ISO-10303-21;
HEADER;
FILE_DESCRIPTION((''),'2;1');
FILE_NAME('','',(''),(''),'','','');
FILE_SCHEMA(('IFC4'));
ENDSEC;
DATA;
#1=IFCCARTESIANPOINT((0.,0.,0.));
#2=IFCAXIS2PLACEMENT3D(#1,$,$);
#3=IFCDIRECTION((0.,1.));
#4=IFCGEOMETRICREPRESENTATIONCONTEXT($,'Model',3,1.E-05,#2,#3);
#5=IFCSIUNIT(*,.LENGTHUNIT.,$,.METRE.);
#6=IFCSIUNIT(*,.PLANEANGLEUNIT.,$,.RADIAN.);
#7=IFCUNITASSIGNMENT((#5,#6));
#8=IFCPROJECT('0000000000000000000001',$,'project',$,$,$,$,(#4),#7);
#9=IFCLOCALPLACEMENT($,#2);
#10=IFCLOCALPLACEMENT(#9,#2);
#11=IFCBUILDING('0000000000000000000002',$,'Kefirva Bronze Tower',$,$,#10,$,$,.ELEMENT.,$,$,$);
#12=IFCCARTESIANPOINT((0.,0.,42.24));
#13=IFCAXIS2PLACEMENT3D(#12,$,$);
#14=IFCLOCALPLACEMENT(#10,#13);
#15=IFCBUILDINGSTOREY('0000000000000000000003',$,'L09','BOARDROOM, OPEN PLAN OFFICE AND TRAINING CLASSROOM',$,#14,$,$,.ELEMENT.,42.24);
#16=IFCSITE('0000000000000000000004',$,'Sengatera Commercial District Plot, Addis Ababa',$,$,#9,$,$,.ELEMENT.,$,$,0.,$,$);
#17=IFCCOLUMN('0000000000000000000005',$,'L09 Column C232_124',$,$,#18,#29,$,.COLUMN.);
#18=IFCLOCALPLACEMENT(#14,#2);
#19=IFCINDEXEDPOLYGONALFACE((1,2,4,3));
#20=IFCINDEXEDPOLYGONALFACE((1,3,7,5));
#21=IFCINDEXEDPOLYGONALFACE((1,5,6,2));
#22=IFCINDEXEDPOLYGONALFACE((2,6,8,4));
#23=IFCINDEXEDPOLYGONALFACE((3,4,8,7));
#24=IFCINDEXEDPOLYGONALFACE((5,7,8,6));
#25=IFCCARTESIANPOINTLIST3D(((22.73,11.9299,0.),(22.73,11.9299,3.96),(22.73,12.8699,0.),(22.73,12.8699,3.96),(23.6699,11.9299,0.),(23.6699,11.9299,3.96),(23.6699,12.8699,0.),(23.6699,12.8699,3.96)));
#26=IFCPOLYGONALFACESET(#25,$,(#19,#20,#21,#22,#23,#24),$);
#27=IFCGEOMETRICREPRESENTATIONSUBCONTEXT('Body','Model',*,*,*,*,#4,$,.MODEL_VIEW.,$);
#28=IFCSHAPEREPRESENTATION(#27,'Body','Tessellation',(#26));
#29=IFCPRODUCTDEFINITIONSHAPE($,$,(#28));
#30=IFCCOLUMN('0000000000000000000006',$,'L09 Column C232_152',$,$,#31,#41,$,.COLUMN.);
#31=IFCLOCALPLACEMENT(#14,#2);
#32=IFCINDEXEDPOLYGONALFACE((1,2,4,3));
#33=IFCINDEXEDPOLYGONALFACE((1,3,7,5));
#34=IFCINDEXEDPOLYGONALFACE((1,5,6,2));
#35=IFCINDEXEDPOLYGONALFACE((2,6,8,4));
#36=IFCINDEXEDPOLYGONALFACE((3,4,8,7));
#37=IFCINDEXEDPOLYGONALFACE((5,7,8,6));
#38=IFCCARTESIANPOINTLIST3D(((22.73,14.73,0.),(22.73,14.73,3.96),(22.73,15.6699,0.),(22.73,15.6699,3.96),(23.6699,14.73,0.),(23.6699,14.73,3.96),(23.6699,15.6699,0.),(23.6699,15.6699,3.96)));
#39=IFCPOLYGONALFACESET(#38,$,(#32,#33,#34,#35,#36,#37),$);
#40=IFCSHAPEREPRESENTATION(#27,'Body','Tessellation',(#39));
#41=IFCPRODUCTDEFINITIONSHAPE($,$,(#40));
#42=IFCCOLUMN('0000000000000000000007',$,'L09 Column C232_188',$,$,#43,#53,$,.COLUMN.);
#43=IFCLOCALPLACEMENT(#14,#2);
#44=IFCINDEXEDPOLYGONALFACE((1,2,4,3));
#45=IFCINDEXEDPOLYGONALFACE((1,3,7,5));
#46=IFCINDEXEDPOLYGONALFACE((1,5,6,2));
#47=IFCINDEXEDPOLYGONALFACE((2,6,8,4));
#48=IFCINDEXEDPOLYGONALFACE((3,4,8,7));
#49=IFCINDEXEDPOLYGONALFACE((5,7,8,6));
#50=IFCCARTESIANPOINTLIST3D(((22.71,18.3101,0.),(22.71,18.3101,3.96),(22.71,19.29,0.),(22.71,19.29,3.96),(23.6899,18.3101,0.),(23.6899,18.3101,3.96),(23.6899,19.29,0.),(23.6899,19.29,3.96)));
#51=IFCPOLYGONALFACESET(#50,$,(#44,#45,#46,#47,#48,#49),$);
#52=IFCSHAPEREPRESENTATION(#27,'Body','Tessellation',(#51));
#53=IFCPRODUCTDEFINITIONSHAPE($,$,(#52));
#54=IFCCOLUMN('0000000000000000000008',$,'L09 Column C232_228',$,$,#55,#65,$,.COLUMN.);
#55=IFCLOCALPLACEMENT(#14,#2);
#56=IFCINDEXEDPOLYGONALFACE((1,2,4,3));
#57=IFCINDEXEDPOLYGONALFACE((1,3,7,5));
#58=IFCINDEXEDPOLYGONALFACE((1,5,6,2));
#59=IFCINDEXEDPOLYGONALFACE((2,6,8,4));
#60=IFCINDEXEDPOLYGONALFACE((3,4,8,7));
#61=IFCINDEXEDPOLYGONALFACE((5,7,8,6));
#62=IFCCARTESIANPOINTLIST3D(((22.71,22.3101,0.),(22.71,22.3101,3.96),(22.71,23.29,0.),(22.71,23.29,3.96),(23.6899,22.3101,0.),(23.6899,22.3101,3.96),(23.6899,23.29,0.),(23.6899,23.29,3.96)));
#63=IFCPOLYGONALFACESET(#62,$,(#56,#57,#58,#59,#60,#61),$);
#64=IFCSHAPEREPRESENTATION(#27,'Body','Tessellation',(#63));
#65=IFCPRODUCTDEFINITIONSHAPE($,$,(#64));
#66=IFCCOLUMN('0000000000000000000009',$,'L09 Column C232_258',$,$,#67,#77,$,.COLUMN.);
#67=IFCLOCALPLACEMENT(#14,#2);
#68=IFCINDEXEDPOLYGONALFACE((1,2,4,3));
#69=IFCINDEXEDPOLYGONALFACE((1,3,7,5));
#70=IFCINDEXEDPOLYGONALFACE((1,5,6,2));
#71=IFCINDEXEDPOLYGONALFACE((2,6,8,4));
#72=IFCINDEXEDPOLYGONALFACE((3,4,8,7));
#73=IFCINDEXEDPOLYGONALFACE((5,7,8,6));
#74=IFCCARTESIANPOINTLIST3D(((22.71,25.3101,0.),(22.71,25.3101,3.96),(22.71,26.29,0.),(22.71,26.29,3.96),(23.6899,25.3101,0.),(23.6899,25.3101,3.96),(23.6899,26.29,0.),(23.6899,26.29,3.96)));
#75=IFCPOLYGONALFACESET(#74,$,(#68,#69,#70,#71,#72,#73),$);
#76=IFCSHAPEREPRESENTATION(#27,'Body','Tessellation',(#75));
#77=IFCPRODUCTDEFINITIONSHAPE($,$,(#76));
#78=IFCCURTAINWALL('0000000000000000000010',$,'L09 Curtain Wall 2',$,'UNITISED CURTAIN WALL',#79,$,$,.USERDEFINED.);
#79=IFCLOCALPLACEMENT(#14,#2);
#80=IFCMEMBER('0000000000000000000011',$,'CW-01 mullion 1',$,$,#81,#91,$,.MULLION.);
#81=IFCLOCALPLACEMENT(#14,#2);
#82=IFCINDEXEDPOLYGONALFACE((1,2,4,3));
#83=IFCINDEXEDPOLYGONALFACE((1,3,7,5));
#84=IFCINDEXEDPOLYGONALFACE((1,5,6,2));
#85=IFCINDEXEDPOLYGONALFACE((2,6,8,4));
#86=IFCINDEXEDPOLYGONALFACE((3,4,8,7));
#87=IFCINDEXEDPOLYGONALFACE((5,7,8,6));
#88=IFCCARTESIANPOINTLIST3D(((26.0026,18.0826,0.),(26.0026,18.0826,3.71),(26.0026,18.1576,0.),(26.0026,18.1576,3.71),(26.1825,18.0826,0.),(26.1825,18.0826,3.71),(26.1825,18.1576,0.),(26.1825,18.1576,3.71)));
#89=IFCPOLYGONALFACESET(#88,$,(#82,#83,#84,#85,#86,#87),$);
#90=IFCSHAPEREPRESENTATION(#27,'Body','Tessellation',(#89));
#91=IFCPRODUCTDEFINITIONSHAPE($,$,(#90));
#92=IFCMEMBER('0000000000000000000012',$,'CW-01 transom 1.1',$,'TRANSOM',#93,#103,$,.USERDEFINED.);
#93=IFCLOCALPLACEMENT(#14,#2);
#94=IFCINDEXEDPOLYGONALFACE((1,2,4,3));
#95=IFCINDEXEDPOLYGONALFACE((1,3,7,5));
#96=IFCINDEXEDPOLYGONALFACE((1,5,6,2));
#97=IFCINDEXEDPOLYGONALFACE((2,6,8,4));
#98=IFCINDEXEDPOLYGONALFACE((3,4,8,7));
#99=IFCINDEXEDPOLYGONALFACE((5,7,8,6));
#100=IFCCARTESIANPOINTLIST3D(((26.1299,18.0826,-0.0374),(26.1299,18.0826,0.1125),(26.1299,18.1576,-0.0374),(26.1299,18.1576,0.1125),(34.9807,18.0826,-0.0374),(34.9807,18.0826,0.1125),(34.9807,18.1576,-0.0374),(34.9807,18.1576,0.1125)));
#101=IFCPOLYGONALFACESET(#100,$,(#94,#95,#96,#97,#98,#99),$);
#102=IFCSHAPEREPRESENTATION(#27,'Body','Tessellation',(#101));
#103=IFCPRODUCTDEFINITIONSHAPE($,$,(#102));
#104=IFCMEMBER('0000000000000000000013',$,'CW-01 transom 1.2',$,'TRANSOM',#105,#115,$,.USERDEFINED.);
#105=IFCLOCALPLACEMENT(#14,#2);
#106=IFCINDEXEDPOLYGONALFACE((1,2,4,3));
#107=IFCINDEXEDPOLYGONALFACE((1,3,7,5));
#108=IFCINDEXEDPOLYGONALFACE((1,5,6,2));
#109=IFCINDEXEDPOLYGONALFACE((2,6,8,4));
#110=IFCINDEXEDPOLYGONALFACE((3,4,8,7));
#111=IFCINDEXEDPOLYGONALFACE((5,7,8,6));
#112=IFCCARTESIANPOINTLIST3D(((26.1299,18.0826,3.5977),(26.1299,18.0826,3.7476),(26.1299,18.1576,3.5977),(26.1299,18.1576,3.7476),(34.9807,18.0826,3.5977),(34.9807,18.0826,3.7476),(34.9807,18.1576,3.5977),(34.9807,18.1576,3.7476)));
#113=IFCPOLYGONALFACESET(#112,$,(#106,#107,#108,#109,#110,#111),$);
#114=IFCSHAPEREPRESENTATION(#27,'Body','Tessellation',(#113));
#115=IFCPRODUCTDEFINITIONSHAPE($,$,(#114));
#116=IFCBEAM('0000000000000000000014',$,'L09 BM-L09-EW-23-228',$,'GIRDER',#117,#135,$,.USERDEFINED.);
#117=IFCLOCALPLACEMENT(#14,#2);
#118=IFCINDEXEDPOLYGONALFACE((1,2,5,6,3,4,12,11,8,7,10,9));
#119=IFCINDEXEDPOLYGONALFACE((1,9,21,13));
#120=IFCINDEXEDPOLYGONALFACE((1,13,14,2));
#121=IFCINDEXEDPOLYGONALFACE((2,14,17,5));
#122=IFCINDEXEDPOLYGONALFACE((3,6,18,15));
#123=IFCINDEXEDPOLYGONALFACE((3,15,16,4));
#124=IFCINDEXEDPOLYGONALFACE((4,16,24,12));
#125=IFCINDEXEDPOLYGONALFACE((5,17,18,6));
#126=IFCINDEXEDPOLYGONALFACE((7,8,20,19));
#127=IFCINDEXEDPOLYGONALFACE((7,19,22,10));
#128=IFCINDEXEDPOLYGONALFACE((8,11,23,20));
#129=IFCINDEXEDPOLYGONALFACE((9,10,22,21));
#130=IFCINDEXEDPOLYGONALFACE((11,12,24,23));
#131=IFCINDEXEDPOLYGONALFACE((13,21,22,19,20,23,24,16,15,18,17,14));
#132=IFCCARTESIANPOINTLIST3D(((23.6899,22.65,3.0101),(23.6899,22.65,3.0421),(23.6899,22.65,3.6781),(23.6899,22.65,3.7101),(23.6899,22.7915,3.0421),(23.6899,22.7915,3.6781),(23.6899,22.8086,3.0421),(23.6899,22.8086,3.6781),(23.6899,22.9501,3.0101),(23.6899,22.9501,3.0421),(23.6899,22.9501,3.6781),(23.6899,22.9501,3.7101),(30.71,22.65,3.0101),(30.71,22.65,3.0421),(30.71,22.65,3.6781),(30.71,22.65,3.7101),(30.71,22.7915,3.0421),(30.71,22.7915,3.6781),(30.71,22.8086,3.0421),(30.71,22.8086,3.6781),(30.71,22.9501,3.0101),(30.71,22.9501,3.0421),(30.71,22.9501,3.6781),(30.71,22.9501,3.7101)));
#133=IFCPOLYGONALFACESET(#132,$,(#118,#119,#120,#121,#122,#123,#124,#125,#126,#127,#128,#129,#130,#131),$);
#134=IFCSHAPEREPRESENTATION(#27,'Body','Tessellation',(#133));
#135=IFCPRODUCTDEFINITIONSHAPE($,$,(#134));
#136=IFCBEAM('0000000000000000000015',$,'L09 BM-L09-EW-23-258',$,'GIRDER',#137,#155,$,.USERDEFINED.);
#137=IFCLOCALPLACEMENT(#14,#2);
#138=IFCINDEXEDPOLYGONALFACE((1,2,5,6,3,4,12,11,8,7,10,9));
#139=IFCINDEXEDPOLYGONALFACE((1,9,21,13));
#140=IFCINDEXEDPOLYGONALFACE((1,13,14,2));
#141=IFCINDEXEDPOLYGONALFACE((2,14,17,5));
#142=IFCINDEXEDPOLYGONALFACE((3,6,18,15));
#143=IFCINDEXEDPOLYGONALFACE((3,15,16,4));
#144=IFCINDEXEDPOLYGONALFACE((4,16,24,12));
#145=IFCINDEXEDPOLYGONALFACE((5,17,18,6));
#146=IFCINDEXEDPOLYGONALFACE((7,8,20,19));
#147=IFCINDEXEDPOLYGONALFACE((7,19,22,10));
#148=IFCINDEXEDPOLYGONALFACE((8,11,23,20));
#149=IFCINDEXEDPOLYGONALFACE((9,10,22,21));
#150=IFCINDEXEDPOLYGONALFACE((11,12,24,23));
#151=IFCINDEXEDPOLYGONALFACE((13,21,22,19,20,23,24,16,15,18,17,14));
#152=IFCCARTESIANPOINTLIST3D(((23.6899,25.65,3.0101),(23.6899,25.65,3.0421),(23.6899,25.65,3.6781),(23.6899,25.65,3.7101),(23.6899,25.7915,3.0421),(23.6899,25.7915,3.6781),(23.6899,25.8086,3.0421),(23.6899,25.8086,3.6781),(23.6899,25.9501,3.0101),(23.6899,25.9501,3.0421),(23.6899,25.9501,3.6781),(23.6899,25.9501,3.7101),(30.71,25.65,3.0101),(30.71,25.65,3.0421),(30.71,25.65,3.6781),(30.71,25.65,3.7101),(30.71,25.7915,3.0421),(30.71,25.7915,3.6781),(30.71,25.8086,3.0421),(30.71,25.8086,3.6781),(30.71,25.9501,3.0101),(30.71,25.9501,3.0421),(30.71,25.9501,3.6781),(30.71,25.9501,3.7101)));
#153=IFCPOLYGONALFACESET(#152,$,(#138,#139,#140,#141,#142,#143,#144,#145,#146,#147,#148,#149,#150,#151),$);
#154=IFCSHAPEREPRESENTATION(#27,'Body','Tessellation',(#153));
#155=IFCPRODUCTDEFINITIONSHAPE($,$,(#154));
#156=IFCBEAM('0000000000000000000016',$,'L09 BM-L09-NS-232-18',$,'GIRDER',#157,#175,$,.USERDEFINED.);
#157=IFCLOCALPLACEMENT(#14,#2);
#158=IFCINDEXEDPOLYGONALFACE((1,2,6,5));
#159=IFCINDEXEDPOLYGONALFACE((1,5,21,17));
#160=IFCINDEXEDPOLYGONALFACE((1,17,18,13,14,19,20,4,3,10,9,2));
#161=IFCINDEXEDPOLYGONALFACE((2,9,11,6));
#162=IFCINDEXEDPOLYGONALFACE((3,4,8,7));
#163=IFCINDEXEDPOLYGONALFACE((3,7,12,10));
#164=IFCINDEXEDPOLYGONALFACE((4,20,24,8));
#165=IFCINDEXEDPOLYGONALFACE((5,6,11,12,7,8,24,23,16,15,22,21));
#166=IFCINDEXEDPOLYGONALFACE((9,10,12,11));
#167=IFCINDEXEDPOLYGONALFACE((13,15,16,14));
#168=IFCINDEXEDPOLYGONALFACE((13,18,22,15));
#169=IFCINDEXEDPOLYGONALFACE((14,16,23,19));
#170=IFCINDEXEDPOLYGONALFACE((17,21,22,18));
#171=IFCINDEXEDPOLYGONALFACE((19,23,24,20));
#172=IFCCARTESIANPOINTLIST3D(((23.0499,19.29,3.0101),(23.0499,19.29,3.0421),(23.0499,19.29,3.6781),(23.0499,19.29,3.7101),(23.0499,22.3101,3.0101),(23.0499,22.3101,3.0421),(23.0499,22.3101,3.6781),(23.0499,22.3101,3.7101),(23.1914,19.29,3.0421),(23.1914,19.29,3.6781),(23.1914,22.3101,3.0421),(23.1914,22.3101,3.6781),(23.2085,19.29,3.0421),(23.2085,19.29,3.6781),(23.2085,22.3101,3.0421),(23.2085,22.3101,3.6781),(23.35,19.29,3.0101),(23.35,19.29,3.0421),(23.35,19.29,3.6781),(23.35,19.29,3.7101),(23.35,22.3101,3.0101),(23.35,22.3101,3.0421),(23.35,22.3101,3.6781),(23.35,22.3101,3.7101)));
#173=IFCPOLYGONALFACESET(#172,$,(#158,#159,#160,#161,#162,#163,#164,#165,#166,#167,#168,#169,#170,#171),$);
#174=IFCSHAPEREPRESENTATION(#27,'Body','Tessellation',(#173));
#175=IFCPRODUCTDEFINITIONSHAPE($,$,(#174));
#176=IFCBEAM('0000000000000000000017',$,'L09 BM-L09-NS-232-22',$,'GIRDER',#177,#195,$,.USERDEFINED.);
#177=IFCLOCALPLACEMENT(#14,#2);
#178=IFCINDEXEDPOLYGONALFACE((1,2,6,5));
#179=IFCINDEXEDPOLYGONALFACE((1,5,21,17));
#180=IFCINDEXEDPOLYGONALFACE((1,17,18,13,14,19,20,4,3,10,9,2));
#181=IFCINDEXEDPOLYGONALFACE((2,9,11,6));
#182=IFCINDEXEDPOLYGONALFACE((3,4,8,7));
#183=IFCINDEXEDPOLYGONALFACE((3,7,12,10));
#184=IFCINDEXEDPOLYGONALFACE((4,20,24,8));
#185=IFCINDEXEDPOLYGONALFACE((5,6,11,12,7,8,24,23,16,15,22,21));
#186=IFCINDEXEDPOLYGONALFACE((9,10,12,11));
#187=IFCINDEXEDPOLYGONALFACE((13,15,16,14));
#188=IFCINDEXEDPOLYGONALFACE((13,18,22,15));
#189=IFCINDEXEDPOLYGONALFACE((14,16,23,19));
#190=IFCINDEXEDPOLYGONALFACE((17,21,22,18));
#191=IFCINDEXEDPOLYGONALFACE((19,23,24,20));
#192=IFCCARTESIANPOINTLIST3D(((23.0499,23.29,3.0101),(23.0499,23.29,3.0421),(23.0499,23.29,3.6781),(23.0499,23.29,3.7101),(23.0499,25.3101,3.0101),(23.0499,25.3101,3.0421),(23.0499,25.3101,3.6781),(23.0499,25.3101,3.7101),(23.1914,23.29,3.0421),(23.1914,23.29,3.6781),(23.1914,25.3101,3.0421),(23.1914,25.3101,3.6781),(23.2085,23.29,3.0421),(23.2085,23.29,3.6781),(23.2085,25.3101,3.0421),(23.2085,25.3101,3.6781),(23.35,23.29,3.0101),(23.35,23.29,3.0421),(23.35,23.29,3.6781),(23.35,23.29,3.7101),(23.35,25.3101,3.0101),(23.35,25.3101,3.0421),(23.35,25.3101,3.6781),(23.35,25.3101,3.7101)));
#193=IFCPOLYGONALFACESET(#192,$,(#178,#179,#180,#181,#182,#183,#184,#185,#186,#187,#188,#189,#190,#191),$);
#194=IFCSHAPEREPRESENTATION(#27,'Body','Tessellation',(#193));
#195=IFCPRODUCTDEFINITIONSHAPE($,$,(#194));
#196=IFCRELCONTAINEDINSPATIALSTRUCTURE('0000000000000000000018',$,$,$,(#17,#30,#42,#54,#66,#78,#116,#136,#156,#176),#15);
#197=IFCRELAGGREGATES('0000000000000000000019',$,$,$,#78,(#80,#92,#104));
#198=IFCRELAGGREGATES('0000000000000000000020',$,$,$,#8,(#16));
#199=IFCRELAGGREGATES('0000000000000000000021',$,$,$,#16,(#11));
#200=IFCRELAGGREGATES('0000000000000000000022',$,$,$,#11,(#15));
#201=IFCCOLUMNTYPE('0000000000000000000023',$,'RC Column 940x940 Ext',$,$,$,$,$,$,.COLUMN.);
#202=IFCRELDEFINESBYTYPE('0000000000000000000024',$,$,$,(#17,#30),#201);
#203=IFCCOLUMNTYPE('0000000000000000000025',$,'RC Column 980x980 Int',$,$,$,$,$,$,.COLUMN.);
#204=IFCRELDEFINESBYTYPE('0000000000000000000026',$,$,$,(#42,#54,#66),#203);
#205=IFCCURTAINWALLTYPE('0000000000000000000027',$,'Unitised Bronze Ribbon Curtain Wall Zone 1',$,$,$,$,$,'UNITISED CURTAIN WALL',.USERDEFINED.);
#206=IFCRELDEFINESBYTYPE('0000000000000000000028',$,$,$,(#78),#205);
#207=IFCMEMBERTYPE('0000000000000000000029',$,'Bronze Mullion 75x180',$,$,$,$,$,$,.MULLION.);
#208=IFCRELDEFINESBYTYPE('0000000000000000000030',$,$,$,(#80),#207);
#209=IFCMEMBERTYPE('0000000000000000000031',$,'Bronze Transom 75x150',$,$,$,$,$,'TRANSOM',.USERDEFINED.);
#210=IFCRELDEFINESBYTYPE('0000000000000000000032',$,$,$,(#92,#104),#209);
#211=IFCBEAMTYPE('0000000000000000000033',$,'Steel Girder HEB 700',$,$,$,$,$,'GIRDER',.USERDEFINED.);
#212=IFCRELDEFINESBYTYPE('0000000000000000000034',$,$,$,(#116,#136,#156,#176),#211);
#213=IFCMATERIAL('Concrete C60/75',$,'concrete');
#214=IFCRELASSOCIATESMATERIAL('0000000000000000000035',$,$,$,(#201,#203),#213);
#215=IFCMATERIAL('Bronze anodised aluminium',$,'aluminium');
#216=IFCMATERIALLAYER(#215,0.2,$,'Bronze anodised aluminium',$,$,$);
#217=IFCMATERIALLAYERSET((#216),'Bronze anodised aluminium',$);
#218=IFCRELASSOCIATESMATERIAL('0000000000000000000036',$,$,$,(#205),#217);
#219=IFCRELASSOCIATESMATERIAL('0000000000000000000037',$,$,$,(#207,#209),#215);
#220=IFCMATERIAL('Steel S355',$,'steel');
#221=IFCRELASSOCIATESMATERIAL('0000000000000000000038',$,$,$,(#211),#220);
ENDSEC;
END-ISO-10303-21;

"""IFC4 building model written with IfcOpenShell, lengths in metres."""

from ifc_helpers import new_model, si_unit, direction, frame, origin, origin_2d, place, context, subcontext, project, spatial, rectangle, i_section, extrude, material, layer, layer_set, material_profile, profile_set, type_object, element, aggregate, save


model = new_model("IFC4")

# Units and contexts
model_context = context("Model", 3, precision=1e-05, world=origin(), true_north=direction((0.0, 1.0)))
body_context = subcontext(model_context, "Body", "Model", "MODEL_VIEW")
ifc_project = project(units=[si_unit("LENGTHUNIT", "METRE"), si_unit("PLANEANGLEUNIT", "RADIAN")], contexts=[model_context])

# Site, building, storey
site_placement = place(None, origin())
site = spatial("IfcSite", under=ifc_project, at=site_placement, Name="Sengatera Commercial District Plot, Addis Ababa", CompositionType="ELEMENT", RefElevation=0.0)
building_placement = place(site_placement, origin())
building = spatial("IfcBuilding", under=site, at=building_placement, Name="Kefirva Bronze Tower", CompositionType="ELEMENT")
storey_placement = place(building_placement, frame((0.0, 0.0, 42.24)))
storey = spatial("IfcBuildingStorey", under=building, at=storey_placement, Name="L09", Description="BOARDROOM, OPEN PLAN OFFICE AND TRAINING CLASSROOM", CompositionType="ELEMENT", Elevation=42.24)

# Columns
ifc_material_1 = material(Name="Concrete C60/75", Category="concrete")
ifc_material_profile_1 = material_profile(ifc_material_1, rectangle(XDim=0.9399, YDim=0.9399, at=origin_2d()), Name="RC 940x940")
ifc_profile_set_1 = profile_set([ifc_material_profile_1], Name="Concrete C60/75")
column_type_1 = type_object("IfcColumnType", Name="RC Column 940x940 Ext", PredefinedType="COLUMN", material=ifc_profile_set_1)
for number, where, z_axis, x_axis, name in (
    (1, (23.2, 12.3999, 0.0), (0.0, 0.0, 1.0), (1.0, 0.0, 0.0), "L09 Column C232_124"),
    (2, (23.2, 15.2, 0.0), (0.0, 0.0, 1.0), (1.0, 0.0, 0.0), "L09 Column C232_152"),
):
    element("IfcColumn", number, at=place(storey_placement, frame(where, z_axis=z_axis, x_axis=x_axis)), inside=storey, type_object=column_type_1, Name=name, PredefinedType="COLUMN", context=body_context, shape_type="SweptSolid", body=[
        extrude(rectangle(XDim=0.9399, YDim=0.9399, at=origin_2d()), origin(), (0.0, 0.0, 1.0), 3.96),
    ])
ifc_material_profile_2 = material_profile(ifc_material_1, rectangle(XDim=0.98, YDim=0.98, at=origin_2d()), Name="RC 980x980")
ifc_profile_set_2 = profile_set([ifc_material_profile_2], Name="Concrete C60/75")
column_type_2 = type_object("IfcColumnType", Name="RC Column 980x980 Int", PredefinedType="COLUMN", material=ifc_profile_set_2)
for number, where, z_axis, x_axis, name in (
    (3, (23.2, 18.8, 0.0), (0.0, 0.0, 1.0), (1.0, 0.0, 0.0), "L09 Column C232_188"),
    (4, (23.2, 22.8, 0.0), (0.0, 0.0, 1.0), (1.0, 0.0, 0.0), "L09 Column C232_228"),
    (5, (23.2, 25.8, 0.0), (0.0, 0.0, 1.0), (1.0, 0.0, 0.0), "L09 Column C232_258"),
):
    element("IfcColumn", number, at=place(storey_placement, frame(where, z_axis=z_axis, x_axis=x_axis)), inside=storey, type_object=column_type_2, Name=name, PredefinedType="COLUMN", context=body_context, shape_type="SweptSolid", body=[
        extrude(rectangle(XDim=0.98, YDim=0.98, at=origin_2d()), origin(), (0.0, 0.0, 1.0), 3.96),
    ])

# Curtain wall, members
ifc_material_2 = material(Name="Bronze anodised aluminium", Category="aluminium")
ifc_layer_1 = layer(ifc_material_2, 0.2, Name="Bronze anodised aluminium")
ifc_layer_set_1 = layer_set([ifc_layer_1], Name="Bronze anodised aluminium")
curtain_wall_type = type_object("IfcCurtainWallType", Name="Unitised Bronze Ribbon Curtain Wall Zone 1", ElementType="UNITISED CURTAIN WALL", PredefinedType="USERDEFINED", material=ifc_layer_set_1)
curtain_wall_placement = place(storey_placement, origin())
curtain_wall = element("IfcCurtainWall", 6, at=curtain_wall_placement, inside=storey, type_object=curtain_wall_type, Name="L09 Curtain Wall 2", ObjectType="UNITISED CURTAIN WALL", PredefinedType="USERDEFINED")
ifc_material_profile_3 = material_profile(ifc_material_2, rectangle(XDim=0.075, YDim=0.1799, at=origin_2d()), Name="ALU 75x180")
ifc_profile_set_3 = profile_set([ifc_material_profile_3], Name="Bronze anodised aluminium")
member_type_1 = type_object("IfcMemberType", Name="Bronze Mullion 75x180", PredefinedType="MULLION", material=ifc_profile_set_3)
member_1_placement = place(storey_placement, frame((26.0925, 18.1201, 0.0), z_axis=(0.0, 0.0, 1.0), x_axis=(0.0, 1.0, 0.0)))
member_1 = element("IfcMember", 7, at=member_1_placement, type_object=member_type_1, Name="CW-01 mullion 1", PredefinedType="MULLION", context=body_context, shape_type="SweptSolid", body=[
    extrude(rectangle(XDim=0.075, YDim=0.1799, at=origin_2d()), origin(), (0.0, 0.0, 1.0), 3.71),
])
ifc_material_profile_4 = material_profile(ifc_material_2, rectangle(XDim=0.075, YDim=0.1499, at=origin_2d()), Name="ALU 75x150")
ifc_profile_set_4 = profile_set([ifc_material_profile_4], Name="Bronze anodised aluminium")
member_type_2 = type_object("IfcMemberType", Name="Bronze Transom 75x150", ElementType="TRANSOM", PredefinedType="USERDEFINED", material=ifc_profile_set_4)
member_2_placement = place(storey_placement, frame((26.1299, 18.1201, 0.0376), z_axis=(1.0, 0.0, 0.0), x_axis=(0.0, 1.0, 0.0)))
member_2 = element("IfcMember", 8, at=member_2_placement, type_object=member_type_2, Name="CW-01 transom 1.1", ObjectType="TRANSOM", PredefinedType="USERDEFINED", context=body_context, shape_type="SweptSolid", body=[
    extrude(rectangle(XDim=0.075, YDim=0.1499, at=origin_2d()), origin(), (0.0, 0.0, 1.0), 8.8508),
])
member_3_placement = place(storey_placement, frame((26.1299, 18.1201, 3.6726), z_axis=(1.0, 0.0, 0.0), x_axis=(0.0, 1.0, 0.0)))
member_3 = element("IfcMember", 9, at=member_3_placement, type_object=member_type_2, Name="CW-01 transom 1.2", ObjectType="TRANSOM", PredefinedType="USERDEFINED", context=body_context, shape_type="SweptSolid", body=[
    extrude(rectangle(XDim=0.075, YDim=0.1499, at=origin_2d()), origin(), (0.0, 0.0, 1.0), 8.8508),
])

# Beams
ifc_material_3 = material(Name="Steel S355", Category="steel")
ifc_material_profile_5 = material_profile(ifc_material_3, i_section(OverallWidth=0.3, OverallDepth=0.7, WebThickness=0.0171, FlangeThickness=0.032, at=origin_2d()), Name="HEB 700")
ifc_profile_set_5 = profile_set([ifc_material_profile_5], Name="Steel S355")
beam_type_1 = type_object("IfcBeamType", Name="Steel Girder HEB 700", ElementType="GIRDER", PredefinedType="USERDEFINED", material=ifc_profile_set_5)
for number, where, z_axis, x_axis, name in (
    (10, (23.6899, 22.8, 3.3601), (1.0, 0.0, 0.0), (0.0, 1.0, 0.0), "L09 BM-L09-EW-23-228"),
    (11, (23.6899, 25.8, 3.3601), (1.0, 0.0, 0.0), (0.0, 1.0, 0.0), "L09 BM-L09-EW-23-258"),
):
    element("IfcBeam", number, at=place(storey_placement, frame(where, z_axis=z_axis, x_axis=x_axis)), inside=storey, type_object=beam_type_1, Name=name, ObjectType="GIRDER", PredefinedType="USERDEFINED", context=body_context, shape_type="SweptSolid", body=[
        extrude(i_section(OverallWidth=0.3, OverallDepth=0.7, WebThickness=0.0171, FlangeThickness=0.032, at=origin_2d()), origin(), (0.0, 0.0, 1.0), 7.02),
    ])
beam_1_placement = place(storey_placement, frame((23.2, 19.29, 3.3601), z_axis=(0.0, 1.0, 0.0), x_axis=(-1.0, 0.0, 0.0)))
element("IfcBeam", 12, at=beam_1_placement, inside=storey, type_object=beam_type_1, Name="L09 BM-L09-NS-232-18", ObjectType="GIRDER", PredefinedType="USERDEFINED", context=body_context, shape_type="SweptSolid", body=[
    extrude(i_section(OverallWidth=0.3, OverallDepth=0.7, WebThickness=0.0171, FlangeThickness=0.032, at=origin_2d()), origin(), (0.0, 0.0, 1.0), 3.02),
])
beam_2_placement = place(storey_placement, frame((23.2, 23.29, 3.3601), z_axis=(0.0, 1.0, 0.0), x_axis=(-1.0, 0.0, 0.0)))
element("IfcBeam", 13, at=beam_2_placement, inside=storey, type_object=beam_type_1, Name="L09 BM-L09-NS-232-22", ObjectType="GIRDER", PredefinedType="USERDEFINED", context=body_context, shape_type="SweptSolid", body=[
    extrude(i_section(OverallWidth=0.3, OverallDepth=0.7, WebThickness=0.0171, FlangeThickness=0.032, at=origin_2d()), origin(), (0.0, 0.0, 1.0), 2.02),
])

aggregate(curtain_wall, [member_1, member_2, member_3])

save(model, "model.ifc")
